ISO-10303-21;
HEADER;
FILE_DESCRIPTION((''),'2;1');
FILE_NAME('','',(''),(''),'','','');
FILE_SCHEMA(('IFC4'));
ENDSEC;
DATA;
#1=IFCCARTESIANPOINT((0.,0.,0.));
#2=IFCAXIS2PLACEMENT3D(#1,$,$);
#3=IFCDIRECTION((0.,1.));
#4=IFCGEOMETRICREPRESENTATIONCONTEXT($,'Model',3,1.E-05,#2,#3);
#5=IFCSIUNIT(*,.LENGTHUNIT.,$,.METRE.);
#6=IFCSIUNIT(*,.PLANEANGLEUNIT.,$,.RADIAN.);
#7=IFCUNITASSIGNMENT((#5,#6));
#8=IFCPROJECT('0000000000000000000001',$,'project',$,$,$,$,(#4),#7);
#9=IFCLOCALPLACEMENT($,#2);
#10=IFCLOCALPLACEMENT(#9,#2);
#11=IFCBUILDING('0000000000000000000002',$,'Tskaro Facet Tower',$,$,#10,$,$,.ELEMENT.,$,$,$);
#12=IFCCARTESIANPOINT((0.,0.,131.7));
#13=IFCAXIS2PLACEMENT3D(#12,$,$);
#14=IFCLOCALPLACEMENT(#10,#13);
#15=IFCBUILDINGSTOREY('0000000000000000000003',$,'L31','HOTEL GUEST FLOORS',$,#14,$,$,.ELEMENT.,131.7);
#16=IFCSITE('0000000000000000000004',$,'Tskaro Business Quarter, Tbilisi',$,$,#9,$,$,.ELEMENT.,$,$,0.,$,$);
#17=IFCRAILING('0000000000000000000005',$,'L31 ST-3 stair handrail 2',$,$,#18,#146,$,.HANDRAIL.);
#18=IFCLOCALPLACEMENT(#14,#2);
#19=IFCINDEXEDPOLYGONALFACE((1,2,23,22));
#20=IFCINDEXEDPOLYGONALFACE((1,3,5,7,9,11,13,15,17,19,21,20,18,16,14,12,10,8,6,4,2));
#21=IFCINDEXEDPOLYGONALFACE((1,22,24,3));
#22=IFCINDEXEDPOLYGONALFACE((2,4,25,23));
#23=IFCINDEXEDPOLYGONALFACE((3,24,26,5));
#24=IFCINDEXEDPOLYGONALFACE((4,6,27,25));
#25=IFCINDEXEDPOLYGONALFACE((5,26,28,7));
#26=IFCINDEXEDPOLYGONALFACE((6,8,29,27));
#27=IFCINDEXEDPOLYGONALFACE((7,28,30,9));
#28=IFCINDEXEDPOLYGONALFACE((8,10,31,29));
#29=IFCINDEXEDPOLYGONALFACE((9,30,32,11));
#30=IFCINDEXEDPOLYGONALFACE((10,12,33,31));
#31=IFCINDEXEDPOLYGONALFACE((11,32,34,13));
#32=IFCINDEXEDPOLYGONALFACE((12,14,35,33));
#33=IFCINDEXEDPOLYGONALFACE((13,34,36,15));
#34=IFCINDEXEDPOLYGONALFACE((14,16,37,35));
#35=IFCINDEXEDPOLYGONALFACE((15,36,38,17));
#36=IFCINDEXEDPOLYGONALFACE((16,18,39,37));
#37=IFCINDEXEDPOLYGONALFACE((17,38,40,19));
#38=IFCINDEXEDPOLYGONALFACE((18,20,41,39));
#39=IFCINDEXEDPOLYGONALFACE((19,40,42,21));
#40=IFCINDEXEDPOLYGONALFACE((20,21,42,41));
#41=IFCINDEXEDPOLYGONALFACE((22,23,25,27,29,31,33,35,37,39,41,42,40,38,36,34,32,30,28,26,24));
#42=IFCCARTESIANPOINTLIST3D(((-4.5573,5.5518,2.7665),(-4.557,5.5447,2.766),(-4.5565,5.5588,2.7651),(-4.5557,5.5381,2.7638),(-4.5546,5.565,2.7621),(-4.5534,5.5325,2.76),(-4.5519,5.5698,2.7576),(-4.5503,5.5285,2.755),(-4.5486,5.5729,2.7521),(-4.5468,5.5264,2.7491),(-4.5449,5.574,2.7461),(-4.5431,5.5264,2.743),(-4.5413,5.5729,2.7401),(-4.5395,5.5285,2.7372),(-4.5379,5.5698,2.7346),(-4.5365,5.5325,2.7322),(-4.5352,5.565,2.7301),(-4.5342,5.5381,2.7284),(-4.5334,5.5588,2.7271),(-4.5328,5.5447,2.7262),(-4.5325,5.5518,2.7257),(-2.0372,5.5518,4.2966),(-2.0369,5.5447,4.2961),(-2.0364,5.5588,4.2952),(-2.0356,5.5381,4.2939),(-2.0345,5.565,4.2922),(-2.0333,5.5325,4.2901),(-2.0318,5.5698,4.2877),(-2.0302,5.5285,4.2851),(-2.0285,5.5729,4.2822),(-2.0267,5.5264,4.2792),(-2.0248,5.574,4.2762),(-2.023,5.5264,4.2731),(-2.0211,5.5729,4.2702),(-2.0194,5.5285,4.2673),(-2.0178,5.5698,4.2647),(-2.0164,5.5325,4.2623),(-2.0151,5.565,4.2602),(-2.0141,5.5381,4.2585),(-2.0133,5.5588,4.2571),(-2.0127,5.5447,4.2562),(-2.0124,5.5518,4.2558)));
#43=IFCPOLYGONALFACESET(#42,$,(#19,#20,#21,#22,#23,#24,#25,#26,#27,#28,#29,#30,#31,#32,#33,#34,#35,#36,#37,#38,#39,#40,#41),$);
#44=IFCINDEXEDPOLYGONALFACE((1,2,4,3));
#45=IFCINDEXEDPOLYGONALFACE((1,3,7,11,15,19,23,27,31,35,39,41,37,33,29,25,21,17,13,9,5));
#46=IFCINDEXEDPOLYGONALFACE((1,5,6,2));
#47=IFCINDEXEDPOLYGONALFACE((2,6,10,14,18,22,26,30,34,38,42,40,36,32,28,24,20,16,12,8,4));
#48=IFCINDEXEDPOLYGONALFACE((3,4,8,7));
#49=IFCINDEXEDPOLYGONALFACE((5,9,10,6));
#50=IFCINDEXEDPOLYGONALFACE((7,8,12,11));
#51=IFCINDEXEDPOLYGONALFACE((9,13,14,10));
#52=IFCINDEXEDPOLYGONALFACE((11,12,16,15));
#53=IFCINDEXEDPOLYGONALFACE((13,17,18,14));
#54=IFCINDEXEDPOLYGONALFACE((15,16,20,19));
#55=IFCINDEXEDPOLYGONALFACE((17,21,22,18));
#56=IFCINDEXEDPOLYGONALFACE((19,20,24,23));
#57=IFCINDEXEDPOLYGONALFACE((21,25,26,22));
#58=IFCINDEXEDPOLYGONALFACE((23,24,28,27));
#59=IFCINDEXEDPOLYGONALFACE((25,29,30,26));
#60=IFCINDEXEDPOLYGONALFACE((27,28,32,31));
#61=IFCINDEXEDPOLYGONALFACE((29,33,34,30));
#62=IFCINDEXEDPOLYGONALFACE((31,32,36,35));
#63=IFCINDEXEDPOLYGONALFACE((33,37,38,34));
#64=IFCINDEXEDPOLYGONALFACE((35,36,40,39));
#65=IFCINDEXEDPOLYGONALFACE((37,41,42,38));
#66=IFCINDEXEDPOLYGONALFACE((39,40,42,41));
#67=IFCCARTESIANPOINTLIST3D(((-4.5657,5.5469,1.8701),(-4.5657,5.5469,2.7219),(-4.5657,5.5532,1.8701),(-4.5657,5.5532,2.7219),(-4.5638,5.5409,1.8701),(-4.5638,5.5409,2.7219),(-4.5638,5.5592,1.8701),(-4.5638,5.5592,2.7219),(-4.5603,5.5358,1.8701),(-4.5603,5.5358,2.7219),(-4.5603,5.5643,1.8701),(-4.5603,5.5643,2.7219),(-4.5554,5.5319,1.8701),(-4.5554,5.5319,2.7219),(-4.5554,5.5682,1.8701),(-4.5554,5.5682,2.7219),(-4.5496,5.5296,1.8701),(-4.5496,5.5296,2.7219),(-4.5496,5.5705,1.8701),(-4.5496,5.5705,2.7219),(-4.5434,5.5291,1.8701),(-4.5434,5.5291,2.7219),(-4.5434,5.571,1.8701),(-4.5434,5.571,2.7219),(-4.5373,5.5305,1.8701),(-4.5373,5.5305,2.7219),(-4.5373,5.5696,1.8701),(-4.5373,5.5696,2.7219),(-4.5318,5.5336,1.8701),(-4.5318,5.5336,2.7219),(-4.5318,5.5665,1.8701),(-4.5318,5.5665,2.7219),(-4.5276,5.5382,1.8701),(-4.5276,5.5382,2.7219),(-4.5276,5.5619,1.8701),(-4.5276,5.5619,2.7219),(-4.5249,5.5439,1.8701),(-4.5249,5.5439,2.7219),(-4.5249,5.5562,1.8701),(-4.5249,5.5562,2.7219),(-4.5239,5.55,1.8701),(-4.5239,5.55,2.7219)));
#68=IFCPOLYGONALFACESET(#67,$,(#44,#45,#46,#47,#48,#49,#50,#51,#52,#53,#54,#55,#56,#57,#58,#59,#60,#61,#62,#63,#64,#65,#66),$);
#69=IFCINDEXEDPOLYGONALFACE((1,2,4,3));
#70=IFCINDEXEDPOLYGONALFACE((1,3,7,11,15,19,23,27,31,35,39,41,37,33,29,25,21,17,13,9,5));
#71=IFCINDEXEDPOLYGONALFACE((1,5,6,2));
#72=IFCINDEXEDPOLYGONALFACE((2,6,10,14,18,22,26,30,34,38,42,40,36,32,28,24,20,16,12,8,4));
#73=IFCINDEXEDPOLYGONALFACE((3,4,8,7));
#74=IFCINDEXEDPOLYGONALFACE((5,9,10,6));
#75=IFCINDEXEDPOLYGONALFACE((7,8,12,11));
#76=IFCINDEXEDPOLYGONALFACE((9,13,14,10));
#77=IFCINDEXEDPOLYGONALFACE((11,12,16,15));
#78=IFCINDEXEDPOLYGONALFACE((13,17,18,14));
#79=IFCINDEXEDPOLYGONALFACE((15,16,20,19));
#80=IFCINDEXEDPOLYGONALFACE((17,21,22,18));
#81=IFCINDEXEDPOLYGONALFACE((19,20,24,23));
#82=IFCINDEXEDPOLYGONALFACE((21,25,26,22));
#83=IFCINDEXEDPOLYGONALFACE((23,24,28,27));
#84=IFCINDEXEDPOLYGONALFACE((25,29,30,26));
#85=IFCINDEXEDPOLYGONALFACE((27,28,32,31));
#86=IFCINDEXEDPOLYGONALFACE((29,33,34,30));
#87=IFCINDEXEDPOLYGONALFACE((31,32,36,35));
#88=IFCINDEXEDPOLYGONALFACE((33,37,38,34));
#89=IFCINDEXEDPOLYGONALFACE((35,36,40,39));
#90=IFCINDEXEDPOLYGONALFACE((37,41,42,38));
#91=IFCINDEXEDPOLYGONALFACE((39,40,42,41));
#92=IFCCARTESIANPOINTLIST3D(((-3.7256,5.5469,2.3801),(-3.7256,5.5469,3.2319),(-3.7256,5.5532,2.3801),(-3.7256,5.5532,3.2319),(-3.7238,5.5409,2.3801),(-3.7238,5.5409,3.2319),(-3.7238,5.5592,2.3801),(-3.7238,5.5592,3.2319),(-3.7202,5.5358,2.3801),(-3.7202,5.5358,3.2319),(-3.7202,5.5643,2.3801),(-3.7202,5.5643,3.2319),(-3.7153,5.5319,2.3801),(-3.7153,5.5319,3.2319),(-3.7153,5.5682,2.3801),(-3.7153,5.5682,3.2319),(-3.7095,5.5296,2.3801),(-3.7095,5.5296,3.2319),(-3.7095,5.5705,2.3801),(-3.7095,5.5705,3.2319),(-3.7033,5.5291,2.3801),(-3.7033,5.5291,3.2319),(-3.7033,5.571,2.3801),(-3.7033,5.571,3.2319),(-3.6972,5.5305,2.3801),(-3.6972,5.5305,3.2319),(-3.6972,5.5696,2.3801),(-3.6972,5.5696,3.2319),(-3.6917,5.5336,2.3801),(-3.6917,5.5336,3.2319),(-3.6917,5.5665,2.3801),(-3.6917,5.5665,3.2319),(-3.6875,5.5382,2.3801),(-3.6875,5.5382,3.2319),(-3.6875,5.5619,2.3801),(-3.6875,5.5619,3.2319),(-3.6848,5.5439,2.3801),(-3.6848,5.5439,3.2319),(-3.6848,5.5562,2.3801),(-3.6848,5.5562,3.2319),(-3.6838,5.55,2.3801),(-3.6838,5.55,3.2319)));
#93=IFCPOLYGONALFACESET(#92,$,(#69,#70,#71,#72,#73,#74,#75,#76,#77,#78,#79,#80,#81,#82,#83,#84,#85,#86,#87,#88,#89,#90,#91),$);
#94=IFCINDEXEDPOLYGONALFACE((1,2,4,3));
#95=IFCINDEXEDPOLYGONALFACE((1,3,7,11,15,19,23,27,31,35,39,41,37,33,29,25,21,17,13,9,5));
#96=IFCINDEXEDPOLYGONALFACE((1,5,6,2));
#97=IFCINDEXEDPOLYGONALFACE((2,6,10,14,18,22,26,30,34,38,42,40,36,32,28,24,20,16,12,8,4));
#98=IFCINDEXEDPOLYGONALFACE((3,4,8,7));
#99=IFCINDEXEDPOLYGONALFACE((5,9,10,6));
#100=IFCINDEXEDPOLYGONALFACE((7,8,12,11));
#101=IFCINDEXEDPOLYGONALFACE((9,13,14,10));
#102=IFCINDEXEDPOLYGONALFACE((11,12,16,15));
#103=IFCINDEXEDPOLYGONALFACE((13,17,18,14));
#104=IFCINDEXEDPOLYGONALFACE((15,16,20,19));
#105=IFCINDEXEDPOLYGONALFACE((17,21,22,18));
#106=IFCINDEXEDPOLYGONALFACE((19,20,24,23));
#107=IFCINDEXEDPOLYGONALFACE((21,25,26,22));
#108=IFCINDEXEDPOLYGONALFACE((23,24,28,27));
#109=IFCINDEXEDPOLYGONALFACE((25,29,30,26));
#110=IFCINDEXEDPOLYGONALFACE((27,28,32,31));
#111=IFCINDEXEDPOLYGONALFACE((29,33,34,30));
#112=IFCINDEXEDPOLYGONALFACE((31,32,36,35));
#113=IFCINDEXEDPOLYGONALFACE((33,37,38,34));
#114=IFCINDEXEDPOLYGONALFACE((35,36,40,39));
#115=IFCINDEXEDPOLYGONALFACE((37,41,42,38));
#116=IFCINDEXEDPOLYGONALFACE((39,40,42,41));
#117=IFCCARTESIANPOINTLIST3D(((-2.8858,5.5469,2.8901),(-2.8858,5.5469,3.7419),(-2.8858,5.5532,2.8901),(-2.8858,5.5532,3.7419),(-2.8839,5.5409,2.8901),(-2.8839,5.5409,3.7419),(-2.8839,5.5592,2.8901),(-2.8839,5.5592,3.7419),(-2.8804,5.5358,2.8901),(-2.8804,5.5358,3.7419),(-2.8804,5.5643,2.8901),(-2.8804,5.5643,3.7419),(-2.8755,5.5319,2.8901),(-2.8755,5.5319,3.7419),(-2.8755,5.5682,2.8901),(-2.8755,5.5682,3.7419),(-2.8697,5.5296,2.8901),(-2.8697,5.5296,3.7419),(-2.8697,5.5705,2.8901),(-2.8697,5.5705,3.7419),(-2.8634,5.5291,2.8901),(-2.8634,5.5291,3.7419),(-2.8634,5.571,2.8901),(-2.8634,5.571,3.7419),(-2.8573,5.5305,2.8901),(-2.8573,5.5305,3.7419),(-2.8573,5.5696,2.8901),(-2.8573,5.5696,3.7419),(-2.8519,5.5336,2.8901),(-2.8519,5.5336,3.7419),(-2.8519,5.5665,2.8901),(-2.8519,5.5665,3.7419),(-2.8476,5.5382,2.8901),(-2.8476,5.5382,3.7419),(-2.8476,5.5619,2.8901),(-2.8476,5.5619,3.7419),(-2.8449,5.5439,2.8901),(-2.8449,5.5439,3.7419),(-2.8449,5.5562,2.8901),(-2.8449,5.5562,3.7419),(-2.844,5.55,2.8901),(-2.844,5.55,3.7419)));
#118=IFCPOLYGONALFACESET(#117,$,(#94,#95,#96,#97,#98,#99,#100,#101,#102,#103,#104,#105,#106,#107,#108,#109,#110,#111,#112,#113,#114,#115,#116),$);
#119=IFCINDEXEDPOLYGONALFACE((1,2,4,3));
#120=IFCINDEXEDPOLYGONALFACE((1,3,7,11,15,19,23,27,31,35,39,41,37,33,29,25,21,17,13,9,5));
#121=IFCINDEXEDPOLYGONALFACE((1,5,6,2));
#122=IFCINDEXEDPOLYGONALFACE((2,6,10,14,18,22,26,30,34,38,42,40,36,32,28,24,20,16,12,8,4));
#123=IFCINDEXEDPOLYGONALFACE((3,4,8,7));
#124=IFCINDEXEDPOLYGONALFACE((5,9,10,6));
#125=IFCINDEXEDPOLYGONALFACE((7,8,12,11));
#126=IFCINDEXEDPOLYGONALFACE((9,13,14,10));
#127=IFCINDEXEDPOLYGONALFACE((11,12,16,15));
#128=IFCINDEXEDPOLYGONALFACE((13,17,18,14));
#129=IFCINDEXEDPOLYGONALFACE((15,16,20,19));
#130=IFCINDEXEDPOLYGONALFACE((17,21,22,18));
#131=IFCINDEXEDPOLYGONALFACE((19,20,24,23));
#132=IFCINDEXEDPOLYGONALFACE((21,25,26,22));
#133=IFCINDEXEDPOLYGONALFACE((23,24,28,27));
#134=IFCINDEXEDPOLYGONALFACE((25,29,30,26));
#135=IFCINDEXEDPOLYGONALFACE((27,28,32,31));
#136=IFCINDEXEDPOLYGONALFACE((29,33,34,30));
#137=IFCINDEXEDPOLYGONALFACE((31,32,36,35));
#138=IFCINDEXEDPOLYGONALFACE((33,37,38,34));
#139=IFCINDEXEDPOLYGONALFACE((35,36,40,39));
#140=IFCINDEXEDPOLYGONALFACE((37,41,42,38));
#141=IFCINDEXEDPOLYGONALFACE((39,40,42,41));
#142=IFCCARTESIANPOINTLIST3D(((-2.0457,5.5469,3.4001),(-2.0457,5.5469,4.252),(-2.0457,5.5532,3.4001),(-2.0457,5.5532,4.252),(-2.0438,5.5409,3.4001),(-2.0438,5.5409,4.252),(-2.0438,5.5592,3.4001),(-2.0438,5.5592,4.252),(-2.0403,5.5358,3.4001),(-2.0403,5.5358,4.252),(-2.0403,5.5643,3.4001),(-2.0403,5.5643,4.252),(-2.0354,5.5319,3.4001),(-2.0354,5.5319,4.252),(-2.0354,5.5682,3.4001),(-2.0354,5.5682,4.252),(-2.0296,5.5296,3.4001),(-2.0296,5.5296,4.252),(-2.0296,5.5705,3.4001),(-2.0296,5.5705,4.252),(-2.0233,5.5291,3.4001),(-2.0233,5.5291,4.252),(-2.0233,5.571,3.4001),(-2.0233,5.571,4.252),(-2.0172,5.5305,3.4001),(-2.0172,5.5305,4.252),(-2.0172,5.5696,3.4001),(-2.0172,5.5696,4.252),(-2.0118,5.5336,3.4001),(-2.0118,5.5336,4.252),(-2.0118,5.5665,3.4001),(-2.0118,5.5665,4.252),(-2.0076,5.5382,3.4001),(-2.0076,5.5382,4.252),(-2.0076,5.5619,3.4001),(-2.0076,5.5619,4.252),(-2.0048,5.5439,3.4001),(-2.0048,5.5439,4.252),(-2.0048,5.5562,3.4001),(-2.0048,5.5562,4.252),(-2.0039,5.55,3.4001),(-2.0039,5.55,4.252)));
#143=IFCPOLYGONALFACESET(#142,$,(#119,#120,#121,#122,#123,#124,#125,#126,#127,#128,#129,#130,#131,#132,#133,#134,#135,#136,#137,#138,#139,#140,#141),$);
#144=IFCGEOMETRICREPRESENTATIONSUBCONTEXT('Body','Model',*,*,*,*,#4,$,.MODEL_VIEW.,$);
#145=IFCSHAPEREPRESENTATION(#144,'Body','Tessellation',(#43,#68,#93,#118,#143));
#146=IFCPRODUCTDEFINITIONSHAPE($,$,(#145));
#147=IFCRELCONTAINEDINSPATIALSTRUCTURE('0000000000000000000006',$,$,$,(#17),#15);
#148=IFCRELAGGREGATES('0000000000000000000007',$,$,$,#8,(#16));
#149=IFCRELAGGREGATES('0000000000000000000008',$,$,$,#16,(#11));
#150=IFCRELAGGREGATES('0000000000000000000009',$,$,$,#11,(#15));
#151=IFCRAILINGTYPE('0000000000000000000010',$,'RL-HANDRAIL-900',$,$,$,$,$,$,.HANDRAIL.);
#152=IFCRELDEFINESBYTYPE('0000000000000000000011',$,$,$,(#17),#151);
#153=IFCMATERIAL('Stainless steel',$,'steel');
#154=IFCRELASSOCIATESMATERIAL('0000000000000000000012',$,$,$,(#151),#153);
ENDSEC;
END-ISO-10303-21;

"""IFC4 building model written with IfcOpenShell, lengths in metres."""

from ifc_helpers import new_model, si_unit, direction, frame, origin, origin_2d, place, context, subcontext, project, spatial, circle, extrude, material, type_object, element, save


model = new_model("IFC4")

# Units and contexts
model_context = context("Model", 3, precision=1e-05, world=origin(), true_north=direction((0.0, 1.0)))
body_context = subcontext(model_context, "Body", "Model", "MODEL_VIEW")
ifc_project = project(units=[si_unit("LENGTHUNIT", "METRE"), si_unit("PLANEANGLEUNIT", "RADIAN")], contexts=[model_context])

# Site, building, storey
site_placement = place(None, origin())
site = spatial("IfcSite", under=ifc_project, at=site_placement, Name="Tskaro Business Quarter, Tbilisi", CompositionType="ELEMENT", RefElevation=0.0)
building_placement = place(site_placement, origin())
building = spatial("IfcBuilding", under=site, at=building_placement, Name="Tskaro Facet Tower", CompositionType="ELEMENT")
storey_placement = place(building_placement, frame((0.0, 0.0, 131.7)))
storey = spatial("IfcBuildingStorey", under=building, at=storey_placement, Name="L31", Description="HOTEL GUEST FLOORS", CompositionType="ELEMENT", Elevation=131.7)

# Railing
ifc_material_1 = material(Name="Stainless steel", Category="steel")
railing_type_1 = type_object("IfcRailingType", Name="RL-HANDRAIL-900", PredefinedType="HANDRAIL", material=ifc_material_1)
railing_1_placement = place(storey_placement, frame((-4.5449, 5.55, 1.8701)))
element("IfcRailing", 1, at=railing_1_placement, inside=storey, type_object=railing_type_1, Name="L31 ST-3 stair handrail 2", PredefinedType="HANDRAIL", context=body_context, shape_type="SweptSolid", body=[
    extrude(circle(Radius=0.0239, at=origin_2d()), frame((0.0, 0.0, 0.876), z_axis=(0.854785, 0.0, 0.518982), x_axis=(0.0, 1.0, 0.0)), (0.0, 0.0, 1.0), 2.9482),
    extrude(circle(Radius=0.021, at=origin_2d()), origin(), (0.0, 0.0, 1.0), 0.8518),
    extrude(circle(Radius=0.021, at=origin_2d()), frame((0.8401, 0.0, 0.51)), (0.0, 0.0, 1.0), 0.8518),
    extrude(circle(Radius=0.021, at=origin_2d()), frame((1.6799, 0.0, 1.02)), (0.0, 0.0, 1.0), 0.8518),
    extrude(circle(Radius=0.021, at=origin_2d()), frame((2.52, 0.0, 1.53)), (0.0, 0.0, 1.0), 0.8518),
])

save(model, "model.ifc")
